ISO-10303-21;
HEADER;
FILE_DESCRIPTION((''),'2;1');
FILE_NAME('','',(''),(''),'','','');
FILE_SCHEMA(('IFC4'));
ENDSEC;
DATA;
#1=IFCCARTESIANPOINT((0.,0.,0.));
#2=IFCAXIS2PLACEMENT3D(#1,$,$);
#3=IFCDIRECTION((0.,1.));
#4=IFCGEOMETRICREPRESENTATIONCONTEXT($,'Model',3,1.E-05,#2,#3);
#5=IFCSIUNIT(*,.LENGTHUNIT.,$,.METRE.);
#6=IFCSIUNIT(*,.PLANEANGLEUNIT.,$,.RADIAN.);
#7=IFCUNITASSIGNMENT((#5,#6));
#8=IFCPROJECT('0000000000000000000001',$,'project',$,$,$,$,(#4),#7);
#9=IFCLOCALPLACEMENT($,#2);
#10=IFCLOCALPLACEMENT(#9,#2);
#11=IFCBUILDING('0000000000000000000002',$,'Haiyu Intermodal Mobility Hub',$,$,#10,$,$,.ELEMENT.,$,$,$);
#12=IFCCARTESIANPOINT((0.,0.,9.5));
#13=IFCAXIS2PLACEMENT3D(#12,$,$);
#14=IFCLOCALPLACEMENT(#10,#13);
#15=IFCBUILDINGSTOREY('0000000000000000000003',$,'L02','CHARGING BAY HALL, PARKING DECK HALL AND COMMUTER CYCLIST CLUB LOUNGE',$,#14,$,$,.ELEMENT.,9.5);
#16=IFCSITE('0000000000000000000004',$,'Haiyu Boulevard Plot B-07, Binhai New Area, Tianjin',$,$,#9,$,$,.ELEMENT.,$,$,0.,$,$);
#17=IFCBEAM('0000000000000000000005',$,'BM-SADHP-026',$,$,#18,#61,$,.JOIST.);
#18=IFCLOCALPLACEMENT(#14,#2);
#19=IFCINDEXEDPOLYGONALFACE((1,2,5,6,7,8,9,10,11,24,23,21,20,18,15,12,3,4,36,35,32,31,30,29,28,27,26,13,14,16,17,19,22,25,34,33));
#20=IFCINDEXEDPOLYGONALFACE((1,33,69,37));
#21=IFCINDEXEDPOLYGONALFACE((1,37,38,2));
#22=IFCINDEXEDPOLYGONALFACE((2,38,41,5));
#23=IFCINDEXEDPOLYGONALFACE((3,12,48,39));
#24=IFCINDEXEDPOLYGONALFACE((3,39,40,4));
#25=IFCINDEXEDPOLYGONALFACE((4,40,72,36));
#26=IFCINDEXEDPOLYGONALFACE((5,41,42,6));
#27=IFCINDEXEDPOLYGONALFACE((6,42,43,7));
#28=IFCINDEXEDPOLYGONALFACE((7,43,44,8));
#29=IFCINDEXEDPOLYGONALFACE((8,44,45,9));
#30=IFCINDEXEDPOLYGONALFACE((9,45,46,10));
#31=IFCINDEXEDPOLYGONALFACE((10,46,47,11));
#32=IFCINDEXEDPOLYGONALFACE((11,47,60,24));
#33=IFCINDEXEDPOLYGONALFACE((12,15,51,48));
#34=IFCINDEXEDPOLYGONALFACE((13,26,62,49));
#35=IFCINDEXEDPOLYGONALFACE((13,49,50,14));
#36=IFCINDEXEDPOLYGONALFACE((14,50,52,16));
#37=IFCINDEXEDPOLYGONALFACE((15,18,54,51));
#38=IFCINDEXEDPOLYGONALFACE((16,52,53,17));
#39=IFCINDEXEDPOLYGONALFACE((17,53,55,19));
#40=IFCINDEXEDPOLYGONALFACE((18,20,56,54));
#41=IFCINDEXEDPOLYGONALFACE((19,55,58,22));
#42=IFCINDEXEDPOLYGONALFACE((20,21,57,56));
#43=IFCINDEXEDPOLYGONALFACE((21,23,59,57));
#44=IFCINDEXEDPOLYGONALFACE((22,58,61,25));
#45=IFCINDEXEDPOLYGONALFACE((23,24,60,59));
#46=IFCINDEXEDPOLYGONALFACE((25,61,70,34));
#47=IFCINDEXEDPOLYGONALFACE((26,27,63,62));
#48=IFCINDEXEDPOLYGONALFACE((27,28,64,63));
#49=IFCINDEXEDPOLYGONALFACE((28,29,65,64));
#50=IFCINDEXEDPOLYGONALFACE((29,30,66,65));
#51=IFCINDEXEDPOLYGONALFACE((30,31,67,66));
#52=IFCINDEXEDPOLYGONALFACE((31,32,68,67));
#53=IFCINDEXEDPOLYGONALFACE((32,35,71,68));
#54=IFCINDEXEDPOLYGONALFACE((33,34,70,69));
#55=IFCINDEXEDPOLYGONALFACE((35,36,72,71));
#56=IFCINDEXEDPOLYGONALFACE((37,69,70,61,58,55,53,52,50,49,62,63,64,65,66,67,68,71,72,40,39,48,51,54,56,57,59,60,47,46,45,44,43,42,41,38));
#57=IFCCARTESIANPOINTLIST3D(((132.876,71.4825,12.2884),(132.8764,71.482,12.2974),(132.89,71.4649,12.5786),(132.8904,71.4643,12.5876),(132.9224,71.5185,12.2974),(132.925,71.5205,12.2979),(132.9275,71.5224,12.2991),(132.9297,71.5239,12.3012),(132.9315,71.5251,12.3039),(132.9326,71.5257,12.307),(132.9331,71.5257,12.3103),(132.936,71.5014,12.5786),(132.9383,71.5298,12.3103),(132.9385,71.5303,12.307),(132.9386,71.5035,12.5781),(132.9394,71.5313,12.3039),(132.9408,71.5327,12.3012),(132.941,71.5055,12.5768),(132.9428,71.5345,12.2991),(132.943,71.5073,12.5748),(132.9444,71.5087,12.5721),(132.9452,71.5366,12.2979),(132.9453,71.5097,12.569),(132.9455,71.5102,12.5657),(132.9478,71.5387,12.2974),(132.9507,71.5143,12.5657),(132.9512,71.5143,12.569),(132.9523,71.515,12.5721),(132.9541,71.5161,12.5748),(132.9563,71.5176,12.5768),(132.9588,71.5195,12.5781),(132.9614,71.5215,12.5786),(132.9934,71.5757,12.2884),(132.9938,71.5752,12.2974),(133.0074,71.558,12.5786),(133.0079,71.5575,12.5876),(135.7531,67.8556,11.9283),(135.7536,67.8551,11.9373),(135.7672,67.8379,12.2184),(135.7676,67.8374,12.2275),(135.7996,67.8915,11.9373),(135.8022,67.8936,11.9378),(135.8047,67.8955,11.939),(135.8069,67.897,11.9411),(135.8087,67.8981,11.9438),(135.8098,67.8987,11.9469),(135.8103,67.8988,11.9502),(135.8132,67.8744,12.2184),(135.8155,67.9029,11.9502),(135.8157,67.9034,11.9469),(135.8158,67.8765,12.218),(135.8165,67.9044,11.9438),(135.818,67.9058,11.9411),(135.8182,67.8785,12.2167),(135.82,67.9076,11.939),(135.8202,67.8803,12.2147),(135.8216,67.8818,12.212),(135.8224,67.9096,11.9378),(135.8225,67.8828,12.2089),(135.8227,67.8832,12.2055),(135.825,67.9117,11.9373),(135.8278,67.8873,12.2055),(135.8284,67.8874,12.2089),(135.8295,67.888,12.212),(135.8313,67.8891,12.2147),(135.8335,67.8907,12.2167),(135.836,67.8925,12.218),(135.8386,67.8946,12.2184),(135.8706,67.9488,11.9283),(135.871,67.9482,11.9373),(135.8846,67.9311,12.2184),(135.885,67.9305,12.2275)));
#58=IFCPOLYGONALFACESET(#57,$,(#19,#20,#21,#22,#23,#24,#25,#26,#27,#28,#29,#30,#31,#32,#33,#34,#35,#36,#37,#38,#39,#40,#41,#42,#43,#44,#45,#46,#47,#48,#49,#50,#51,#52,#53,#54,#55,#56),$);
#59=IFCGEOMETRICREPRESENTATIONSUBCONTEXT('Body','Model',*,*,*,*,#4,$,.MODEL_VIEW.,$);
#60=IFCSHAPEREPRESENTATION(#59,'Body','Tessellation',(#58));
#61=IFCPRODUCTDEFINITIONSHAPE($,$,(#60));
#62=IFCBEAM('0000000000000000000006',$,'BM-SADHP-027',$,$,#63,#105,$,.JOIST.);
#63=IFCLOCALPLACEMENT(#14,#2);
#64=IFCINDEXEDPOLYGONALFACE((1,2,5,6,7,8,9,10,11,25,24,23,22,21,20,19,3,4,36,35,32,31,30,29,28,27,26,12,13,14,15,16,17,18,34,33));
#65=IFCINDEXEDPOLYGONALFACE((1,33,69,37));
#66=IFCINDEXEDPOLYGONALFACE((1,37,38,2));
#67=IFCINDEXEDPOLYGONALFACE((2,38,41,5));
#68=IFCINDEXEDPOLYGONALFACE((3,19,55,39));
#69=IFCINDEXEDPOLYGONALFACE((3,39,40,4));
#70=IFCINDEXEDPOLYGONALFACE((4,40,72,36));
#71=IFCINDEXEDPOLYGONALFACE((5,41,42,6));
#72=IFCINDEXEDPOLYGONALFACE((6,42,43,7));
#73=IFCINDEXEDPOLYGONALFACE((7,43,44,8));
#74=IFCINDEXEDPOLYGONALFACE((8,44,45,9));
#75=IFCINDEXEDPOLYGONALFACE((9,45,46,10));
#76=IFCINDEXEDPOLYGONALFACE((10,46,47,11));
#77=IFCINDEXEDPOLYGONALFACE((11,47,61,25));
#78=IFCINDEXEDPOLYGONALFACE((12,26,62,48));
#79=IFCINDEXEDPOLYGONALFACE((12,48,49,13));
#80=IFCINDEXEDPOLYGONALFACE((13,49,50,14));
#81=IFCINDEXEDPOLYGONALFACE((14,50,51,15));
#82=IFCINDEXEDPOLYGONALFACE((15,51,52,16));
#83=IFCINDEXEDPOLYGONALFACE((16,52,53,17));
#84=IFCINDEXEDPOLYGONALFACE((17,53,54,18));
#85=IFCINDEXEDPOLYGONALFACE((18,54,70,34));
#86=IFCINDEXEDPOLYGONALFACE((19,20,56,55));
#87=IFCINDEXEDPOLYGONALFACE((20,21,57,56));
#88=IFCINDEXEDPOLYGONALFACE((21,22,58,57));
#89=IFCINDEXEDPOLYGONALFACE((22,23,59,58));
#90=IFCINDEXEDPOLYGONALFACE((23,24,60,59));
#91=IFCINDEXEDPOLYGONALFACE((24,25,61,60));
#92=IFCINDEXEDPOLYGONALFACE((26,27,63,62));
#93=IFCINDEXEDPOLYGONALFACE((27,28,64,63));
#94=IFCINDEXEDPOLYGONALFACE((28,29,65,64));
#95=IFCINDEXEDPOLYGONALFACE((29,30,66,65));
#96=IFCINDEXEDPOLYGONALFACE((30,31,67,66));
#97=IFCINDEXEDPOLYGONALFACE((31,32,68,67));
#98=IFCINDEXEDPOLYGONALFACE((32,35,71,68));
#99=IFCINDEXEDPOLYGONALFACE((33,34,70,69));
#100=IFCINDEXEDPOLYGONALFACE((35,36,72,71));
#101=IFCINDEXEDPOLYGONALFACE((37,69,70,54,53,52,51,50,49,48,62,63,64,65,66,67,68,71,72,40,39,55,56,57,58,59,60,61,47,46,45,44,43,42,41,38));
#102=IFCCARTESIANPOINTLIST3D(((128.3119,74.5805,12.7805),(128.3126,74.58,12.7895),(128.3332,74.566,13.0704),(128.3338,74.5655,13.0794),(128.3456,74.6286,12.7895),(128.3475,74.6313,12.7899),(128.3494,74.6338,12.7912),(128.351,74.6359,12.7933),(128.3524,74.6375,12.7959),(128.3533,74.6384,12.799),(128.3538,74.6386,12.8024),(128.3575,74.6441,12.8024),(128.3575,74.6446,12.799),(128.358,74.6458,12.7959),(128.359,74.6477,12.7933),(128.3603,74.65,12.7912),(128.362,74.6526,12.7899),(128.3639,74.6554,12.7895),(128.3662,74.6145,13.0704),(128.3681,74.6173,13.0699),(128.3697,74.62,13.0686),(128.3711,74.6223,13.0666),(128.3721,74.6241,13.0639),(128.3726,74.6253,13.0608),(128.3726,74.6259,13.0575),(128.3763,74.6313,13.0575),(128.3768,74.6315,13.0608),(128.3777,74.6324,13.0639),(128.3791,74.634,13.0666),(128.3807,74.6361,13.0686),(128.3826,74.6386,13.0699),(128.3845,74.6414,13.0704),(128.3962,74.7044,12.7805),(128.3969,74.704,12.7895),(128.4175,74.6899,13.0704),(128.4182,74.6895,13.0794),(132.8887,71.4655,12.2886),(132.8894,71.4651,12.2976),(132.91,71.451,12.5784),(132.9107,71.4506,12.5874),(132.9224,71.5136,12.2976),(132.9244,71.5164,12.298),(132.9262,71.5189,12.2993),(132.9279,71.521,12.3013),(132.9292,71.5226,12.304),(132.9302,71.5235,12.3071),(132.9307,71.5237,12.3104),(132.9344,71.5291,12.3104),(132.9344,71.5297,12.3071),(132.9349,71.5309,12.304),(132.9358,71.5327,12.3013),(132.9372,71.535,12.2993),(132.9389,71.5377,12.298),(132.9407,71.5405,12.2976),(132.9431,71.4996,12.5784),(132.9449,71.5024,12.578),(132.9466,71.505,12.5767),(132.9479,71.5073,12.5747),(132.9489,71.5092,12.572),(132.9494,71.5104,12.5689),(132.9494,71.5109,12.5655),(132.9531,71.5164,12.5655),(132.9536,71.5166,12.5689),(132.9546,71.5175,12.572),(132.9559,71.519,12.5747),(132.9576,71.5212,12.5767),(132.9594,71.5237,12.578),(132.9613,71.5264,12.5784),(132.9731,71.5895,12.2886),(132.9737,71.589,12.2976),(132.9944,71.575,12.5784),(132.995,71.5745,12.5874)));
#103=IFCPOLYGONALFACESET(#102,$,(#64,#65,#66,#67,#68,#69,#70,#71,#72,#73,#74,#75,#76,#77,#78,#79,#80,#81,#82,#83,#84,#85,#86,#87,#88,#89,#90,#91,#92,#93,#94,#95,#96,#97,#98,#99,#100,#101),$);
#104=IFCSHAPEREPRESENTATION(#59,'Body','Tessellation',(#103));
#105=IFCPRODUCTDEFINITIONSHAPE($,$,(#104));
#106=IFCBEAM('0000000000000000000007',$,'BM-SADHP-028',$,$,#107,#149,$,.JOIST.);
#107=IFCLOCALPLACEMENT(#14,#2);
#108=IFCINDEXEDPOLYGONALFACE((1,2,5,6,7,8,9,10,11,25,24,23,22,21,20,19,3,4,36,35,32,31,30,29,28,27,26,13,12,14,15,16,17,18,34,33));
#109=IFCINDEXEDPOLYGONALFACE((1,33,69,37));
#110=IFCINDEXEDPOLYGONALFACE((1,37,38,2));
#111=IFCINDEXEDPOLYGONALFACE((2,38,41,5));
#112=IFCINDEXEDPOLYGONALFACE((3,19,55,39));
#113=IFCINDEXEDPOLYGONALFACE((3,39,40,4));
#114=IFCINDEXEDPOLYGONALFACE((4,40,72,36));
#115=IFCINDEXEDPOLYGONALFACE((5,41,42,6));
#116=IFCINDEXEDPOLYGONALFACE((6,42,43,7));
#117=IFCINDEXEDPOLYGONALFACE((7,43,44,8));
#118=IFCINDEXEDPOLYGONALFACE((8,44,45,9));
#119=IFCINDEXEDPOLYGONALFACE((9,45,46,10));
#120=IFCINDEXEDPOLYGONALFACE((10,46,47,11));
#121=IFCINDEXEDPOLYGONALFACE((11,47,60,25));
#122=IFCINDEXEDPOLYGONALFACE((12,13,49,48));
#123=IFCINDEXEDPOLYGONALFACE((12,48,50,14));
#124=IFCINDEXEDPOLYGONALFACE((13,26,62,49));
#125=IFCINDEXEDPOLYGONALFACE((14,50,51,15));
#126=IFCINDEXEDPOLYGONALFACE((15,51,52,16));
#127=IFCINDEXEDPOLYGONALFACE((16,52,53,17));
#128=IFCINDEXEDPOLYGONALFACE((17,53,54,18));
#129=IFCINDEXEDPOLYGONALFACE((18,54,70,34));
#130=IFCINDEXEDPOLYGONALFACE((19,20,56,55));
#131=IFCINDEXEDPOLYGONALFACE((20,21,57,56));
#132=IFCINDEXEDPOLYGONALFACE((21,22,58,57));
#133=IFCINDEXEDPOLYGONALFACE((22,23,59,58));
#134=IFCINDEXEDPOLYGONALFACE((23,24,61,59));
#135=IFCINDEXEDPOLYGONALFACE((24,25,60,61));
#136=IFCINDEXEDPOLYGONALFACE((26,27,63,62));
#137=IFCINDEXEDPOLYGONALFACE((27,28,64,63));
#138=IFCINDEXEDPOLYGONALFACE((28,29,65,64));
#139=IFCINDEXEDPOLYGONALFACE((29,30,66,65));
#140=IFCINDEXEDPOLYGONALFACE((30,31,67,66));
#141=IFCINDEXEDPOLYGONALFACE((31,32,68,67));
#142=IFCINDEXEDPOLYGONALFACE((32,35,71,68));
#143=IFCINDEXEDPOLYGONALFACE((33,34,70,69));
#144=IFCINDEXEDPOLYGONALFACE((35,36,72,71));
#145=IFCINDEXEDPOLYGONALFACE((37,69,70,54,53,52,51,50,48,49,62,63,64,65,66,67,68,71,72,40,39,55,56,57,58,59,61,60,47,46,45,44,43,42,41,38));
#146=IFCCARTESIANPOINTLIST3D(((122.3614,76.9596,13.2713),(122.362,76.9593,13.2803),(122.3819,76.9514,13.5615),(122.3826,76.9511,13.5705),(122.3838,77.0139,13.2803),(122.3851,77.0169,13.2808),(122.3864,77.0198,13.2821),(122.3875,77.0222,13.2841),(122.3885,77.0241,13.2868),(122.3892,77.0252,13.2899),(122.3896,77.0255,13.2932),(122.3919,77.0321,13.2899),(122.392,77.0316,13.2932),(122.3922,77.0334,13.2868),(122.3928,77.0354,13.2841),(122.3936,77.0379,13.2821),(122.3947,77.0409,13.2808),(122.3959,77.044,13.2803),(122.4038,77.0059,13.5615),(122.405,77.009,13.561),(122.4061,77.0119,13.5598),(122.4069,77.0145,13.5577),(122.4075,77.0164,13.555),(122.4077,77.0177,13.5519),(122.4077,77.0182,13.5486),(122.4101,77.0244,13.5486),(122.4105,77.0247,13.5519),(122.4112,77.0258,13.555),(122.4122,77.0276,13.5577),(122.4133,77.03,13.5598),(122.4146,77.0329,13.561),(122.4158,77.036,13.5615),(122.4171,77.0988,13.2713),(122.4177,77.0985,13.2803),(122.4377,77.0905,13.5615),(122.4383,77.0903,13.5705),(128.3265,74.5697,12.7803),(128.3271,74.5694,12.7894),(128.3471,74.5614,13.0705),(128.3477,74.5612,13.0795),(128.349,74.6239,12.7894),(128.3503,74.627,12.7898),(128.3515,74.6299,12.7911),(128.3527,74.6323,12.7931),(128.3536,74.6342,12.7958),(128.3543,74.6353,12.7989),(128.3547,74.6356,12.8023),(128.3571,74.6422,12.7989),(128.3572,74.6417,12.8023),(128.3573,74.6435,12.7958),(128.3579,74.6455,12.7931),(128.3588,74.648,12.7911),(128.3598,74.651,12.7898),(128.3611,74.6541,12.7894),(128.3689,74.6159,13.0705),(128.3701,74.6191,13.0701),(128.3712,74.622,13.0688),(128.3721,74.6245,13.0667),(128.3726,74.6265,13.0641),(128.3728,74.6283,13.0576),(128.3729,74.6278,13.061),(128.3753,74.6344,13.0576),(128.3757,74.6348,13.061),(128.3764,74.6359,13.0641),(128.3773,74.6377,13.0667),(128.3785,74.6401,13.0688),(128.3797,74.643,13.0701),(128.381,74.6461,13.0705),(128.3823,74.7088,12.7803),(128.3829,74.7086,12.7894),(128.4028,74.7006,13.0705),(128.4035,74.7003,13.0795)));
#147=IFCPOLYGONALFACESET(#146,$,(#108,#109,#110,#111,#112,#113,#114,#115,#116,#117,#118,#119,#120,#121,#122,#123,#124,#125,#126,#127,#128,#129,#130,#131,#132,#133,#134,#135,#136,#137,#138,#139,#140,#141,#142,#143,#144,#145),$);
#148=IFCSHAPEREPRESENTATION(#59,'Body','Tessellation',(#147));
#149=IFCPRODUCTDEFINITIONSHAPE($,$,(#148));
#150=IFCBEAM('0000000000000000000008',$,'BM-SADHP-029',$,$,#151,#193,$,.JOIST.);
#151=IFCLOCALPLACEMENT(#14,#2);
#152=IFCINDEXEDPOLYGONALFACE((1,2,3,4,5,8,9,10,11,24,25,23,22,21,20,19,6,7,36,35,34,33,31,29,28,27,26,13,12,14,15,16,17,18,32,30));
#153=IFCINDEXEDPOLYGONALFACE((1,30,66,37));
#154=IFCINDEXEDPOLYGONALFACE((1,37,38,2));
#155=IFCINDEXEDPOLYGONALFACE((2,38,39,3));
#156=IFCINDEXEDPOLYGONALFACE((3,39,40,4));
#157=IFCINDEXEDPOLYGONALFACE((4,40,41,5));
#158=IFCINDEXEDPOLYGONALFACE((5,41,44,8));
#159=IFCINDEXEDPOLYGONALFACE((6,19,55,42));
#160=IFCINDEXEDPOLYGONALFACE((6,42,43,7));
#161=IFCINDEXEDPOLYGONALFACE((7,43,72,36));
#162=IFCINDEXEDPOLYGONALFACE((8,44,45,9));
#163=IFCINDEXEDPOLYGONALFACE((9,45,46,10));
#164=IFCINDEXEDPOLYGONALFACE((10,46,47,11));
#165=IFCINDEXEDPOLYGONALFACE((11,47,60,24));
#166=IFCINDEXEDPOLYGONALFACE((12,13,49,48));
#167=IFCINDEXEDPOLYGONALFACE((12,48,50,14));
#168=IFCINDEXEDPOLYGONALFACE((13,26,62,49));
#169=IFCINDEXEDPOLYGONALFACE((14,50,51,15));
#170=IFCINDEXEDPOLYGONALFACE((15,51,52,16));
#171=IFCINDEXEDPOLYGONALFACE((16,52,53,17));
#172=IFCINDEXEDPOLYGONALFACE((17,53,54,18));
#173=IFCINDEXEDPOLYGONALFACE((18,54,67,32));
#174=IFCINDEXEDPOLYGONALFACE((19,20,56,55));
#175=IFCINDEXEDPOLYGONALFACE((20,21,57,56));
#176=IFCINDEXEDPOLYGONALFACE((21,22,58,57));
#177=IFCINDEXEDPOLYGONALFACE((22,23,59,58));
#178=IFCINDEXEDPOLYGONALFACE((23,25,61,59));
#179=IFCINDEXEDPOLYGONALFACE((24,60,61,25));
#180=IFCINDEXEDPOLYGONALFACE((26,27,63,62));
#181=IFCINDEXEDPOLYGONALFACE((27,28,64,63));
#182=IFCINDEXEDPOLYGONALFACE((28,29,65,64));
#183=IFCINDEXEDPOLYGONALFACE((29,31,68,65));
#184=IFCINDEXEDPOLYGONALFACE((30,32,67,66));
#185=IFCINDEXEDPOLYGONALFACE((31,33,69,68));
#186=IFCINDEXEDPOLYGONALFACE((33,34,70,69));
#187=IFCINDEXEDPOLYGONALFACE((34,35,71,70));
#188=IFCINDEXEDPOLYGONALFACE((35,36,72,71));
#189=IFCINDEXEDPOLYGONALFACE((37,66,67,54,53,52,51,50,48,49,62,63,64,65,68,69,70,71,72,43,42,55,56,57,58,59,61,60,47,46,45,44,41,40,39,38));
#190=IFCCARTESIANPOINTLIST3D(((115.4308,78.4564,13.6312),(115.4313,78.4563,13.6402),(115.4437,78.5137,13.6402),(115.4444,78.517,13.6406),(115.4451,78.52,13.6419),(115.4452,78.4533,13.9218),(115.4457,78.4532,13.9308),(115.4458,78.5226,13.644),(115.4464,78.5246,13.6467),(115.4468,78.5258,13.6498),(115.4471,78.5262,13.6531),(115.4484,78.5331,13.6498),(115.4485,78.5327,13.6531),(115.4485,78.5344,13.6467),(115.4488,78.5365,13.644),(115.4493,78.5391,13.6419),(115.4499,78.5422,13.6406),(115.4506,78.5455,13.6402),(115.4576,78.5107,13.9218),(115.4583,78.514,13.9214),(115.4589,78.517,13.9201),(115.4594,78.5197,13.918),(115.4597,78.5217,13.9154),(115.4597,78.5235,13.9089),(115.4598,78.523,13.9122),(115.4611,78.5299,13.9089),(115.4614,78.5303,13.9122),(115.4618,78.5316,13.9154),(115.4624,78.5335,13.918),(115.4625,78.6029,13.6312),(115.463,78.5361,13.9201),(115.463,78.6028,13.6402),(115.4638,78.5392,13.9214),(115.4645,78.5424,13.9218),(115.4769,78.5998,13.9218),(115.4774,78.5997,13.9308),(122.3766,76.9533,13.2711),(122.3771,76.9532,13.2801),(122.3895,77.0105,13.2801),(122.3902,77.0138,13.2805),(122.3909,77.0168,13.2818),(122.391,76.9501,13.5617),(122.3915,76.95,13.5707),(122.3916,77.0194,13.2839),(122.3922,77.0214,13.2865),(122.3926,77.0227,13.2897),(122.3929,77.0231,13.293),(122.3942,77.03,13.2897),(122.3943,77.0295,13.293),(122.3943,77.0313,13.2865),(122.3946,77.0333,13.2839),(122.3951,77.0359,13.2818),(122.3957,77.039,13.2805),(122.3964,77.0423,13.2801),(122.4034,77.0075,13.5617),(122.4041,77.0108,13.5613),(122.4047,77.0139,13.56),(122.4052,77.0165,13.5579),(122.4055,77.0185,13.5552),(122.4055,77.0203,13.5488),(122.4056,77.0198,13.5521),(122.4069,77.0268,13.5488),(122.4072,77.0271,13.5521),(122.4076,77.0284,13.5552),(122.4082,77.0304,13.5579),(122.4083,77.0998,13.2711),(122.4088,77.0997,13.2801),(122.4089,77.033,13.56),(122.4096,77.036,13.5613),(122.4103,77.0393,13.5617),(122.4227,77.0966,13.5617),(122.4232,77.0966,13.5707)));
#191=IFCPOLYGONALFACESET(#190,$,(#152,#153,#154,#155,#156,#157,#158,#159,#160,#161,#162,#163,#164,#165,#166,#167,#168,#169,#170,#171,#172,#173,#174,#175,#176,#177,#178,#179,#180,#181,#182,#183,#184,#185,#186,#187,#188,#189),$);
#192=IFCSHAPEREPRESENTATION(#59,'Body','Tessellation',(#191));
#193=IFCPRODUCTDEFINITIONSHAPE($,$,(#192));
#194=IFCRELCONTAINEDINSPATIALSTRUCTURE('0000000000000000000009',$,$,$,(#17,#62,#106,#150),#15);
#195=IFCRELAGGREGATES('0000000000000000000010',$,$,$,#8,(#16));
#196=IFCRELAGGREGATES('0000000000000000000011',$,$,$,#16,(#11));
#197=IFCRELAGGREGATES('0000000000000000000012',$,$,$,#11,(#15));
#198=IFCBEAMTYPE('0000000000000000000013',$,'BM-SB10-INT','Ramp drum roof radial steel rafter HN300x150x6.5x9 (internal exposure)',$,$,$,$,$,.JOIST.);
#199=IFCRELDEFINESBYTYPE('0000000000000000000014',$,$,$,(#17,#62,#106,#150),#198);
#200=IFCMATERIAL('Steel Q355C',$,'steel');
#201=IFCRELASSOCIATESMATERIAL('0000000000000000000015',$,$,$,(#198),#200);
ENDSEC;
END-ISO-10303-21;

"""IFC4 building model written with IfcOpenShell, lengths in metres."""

from ifc_helpers import new_model, si_unit, direction, frame, origin, origin_2d, place, context, subcontext, project, spatial, i_section, extrude, material, material_profile, profile_set, type_object, element, save


model = new_model("IFC4")

# Units and contexts
model_context = context("Model", 3, precision=1e-05, world=origin(), true_north=direction((0.0, 1.0)))
body_context = subcontext(model_context, "Body", "Model", "MODEL_VIEW")
ifc_project = project(units=[si_unit("LENGTHUNIT", "METRE"), si_unit("PLANEANGLEUNIT", "RADIAN")], contexts=[model_context])

# Site, building, storey
site_placement = place(None, origin())
site = spatial("IfcSite", under=ifc_project, at=site_placement, Name="Haiyu Boulevard Plot B-07, Binhai New Area, Tianjin", CompositionType="ELEMENT", RefElevation=0.0)
building_placement = place(site_placement, origin())
building = spatial("IfcBuilding", under=site, at=building_placement, Name="Haiyu Intermodal Mobility Hub", CompositionType="ELEMENT")
storey_placement = place(building_placement, frame((0.0, 0.0, 9.5)))
storey = spatial("IfcBuildingStorey", under=building, at=storey_placement, Name="L02", Description="CHARGING BAY HALL, PARKING DECK HALL AND COMMUTER CYCLIST CLUB LOUNGE", CompositionType="ELEMENT", Elevation=9.5)

# Shared definitions
ifc_material_1 = material(Name="Steel Q355C", Category="steel")

# Beams
ifc_material_profile_1 = material_profile(ifc_material_1, i_section(OverallWidth=0.1499, OverallDepth=0.3, WebThickness=0.0066, FlangeThickness=0.009, FilletRadius=0.0129, at=origin_2d()), Name="HN300x150x6.5x9")
ifc_profile_set_1 = profile_set([ifc_material_profile_1], Name="Steel Q355C")
beam_type_1 = type_object("IfcBeamType", Name="BM-SB10-INT", Description="Ramp drum roof radial steel rafter HN300x150x6.5x9 (internal exposure)", PredefinedType="JOIST", material=ifc_profile_set_1)
beam_1_placement = place(storey_placement, frame((135.8191, 67.8931, 12.0779), z_axis=(-0.619609, 0.78107, 0.07755), x_axis=(-0.78343, -0.621481, 0.0)))
element("IfcBeam", 1, at=beam_1_placement, inside=storey, type_object=beam_type_1, Name="BM-SADHP-026", PredefinedType="JOIST", context=body_context, shape_type="SweptSolid", body=[
    extrude(i_section(OverallWidth=0.1499, OverallDepth=0.3, WebThickness=0.0066, FlangeThickness=0.009, FilletRadius=0.0129, at=origin_2d()), origin(), (0.0, 0.0, 1.0), 4.6436),
])
beam_2_placement = place(storey_placement, frame((132.9419, 71.52, 12.438), z_axis=(-0.823456, 0.560435, 0.088508), x_axis=(-0.562643, -0.8267, 0.0)))
element("IfcBeam", 2, at=beam_2_placement, inside=storey, type_object=beam_type_1, Name="BM-SADHP-027", PredefinedType="JOIST", context=body_context, shape_type="SweptSolid", body=[
    extrude(i_section(OverallWidth=0.1499, OverallDepth=0.3, WebThickness=0.0066, FlangeThickness=0.009, FilletRadius=0.0129, at=origin_2d()), origin(), (0.0, 0.0, 1.0), 5.5581),
])
beam_3_placement = place(storey_placement, frame((128.365, 74.635, 12.9299), z_axis=(-0.925572, 0.370827, 0.076181), x_axis=(-0.371908, -0.92827, 0.0)))
element("IfcBeam", 3, at=beam_3_placement, inside=storey, type_object=beam_type_1, Name="BM-SADHP-028", PredefinedType="JOIST", context=body_context, shape_type="SweptSolid", body=[
    extrude(i_section(OverallWidth=0.1499, OverallDepth=0.3, WebThickness=0.0066, FlangeThickness=0.009, FilletRadius=0.0129, at=origin_2d()), origin(), (0.0, 0.0, 1.0), 6.4448),
])
beam_4_placement = place(storey_placement, frame((122.3999, 77.0249, 13.4209), z_axis=(-0.976122, 0.211247, 0.050607), x_axis=(-0.211518, -0.977374, 0.0)))
element("IfcBeam", 4, at=beam_4_placement, inside=storey, type_object=beam_type_1, Name="BM-SADHP-029", PredefinedType="JOIST", context=body_context, shape_type="SweptSolid", body=[
    extrude(i_section(OverallWidth=0.1499, OverallDepth=0.3, WebThickness=0.0066, FlangeThickness=0.009, FilletRadius=0.0129, at=origin_2d()), origin(), (0.0, 0.0, 1.0), 7.1157),
])

save(model, "model.ifc")
